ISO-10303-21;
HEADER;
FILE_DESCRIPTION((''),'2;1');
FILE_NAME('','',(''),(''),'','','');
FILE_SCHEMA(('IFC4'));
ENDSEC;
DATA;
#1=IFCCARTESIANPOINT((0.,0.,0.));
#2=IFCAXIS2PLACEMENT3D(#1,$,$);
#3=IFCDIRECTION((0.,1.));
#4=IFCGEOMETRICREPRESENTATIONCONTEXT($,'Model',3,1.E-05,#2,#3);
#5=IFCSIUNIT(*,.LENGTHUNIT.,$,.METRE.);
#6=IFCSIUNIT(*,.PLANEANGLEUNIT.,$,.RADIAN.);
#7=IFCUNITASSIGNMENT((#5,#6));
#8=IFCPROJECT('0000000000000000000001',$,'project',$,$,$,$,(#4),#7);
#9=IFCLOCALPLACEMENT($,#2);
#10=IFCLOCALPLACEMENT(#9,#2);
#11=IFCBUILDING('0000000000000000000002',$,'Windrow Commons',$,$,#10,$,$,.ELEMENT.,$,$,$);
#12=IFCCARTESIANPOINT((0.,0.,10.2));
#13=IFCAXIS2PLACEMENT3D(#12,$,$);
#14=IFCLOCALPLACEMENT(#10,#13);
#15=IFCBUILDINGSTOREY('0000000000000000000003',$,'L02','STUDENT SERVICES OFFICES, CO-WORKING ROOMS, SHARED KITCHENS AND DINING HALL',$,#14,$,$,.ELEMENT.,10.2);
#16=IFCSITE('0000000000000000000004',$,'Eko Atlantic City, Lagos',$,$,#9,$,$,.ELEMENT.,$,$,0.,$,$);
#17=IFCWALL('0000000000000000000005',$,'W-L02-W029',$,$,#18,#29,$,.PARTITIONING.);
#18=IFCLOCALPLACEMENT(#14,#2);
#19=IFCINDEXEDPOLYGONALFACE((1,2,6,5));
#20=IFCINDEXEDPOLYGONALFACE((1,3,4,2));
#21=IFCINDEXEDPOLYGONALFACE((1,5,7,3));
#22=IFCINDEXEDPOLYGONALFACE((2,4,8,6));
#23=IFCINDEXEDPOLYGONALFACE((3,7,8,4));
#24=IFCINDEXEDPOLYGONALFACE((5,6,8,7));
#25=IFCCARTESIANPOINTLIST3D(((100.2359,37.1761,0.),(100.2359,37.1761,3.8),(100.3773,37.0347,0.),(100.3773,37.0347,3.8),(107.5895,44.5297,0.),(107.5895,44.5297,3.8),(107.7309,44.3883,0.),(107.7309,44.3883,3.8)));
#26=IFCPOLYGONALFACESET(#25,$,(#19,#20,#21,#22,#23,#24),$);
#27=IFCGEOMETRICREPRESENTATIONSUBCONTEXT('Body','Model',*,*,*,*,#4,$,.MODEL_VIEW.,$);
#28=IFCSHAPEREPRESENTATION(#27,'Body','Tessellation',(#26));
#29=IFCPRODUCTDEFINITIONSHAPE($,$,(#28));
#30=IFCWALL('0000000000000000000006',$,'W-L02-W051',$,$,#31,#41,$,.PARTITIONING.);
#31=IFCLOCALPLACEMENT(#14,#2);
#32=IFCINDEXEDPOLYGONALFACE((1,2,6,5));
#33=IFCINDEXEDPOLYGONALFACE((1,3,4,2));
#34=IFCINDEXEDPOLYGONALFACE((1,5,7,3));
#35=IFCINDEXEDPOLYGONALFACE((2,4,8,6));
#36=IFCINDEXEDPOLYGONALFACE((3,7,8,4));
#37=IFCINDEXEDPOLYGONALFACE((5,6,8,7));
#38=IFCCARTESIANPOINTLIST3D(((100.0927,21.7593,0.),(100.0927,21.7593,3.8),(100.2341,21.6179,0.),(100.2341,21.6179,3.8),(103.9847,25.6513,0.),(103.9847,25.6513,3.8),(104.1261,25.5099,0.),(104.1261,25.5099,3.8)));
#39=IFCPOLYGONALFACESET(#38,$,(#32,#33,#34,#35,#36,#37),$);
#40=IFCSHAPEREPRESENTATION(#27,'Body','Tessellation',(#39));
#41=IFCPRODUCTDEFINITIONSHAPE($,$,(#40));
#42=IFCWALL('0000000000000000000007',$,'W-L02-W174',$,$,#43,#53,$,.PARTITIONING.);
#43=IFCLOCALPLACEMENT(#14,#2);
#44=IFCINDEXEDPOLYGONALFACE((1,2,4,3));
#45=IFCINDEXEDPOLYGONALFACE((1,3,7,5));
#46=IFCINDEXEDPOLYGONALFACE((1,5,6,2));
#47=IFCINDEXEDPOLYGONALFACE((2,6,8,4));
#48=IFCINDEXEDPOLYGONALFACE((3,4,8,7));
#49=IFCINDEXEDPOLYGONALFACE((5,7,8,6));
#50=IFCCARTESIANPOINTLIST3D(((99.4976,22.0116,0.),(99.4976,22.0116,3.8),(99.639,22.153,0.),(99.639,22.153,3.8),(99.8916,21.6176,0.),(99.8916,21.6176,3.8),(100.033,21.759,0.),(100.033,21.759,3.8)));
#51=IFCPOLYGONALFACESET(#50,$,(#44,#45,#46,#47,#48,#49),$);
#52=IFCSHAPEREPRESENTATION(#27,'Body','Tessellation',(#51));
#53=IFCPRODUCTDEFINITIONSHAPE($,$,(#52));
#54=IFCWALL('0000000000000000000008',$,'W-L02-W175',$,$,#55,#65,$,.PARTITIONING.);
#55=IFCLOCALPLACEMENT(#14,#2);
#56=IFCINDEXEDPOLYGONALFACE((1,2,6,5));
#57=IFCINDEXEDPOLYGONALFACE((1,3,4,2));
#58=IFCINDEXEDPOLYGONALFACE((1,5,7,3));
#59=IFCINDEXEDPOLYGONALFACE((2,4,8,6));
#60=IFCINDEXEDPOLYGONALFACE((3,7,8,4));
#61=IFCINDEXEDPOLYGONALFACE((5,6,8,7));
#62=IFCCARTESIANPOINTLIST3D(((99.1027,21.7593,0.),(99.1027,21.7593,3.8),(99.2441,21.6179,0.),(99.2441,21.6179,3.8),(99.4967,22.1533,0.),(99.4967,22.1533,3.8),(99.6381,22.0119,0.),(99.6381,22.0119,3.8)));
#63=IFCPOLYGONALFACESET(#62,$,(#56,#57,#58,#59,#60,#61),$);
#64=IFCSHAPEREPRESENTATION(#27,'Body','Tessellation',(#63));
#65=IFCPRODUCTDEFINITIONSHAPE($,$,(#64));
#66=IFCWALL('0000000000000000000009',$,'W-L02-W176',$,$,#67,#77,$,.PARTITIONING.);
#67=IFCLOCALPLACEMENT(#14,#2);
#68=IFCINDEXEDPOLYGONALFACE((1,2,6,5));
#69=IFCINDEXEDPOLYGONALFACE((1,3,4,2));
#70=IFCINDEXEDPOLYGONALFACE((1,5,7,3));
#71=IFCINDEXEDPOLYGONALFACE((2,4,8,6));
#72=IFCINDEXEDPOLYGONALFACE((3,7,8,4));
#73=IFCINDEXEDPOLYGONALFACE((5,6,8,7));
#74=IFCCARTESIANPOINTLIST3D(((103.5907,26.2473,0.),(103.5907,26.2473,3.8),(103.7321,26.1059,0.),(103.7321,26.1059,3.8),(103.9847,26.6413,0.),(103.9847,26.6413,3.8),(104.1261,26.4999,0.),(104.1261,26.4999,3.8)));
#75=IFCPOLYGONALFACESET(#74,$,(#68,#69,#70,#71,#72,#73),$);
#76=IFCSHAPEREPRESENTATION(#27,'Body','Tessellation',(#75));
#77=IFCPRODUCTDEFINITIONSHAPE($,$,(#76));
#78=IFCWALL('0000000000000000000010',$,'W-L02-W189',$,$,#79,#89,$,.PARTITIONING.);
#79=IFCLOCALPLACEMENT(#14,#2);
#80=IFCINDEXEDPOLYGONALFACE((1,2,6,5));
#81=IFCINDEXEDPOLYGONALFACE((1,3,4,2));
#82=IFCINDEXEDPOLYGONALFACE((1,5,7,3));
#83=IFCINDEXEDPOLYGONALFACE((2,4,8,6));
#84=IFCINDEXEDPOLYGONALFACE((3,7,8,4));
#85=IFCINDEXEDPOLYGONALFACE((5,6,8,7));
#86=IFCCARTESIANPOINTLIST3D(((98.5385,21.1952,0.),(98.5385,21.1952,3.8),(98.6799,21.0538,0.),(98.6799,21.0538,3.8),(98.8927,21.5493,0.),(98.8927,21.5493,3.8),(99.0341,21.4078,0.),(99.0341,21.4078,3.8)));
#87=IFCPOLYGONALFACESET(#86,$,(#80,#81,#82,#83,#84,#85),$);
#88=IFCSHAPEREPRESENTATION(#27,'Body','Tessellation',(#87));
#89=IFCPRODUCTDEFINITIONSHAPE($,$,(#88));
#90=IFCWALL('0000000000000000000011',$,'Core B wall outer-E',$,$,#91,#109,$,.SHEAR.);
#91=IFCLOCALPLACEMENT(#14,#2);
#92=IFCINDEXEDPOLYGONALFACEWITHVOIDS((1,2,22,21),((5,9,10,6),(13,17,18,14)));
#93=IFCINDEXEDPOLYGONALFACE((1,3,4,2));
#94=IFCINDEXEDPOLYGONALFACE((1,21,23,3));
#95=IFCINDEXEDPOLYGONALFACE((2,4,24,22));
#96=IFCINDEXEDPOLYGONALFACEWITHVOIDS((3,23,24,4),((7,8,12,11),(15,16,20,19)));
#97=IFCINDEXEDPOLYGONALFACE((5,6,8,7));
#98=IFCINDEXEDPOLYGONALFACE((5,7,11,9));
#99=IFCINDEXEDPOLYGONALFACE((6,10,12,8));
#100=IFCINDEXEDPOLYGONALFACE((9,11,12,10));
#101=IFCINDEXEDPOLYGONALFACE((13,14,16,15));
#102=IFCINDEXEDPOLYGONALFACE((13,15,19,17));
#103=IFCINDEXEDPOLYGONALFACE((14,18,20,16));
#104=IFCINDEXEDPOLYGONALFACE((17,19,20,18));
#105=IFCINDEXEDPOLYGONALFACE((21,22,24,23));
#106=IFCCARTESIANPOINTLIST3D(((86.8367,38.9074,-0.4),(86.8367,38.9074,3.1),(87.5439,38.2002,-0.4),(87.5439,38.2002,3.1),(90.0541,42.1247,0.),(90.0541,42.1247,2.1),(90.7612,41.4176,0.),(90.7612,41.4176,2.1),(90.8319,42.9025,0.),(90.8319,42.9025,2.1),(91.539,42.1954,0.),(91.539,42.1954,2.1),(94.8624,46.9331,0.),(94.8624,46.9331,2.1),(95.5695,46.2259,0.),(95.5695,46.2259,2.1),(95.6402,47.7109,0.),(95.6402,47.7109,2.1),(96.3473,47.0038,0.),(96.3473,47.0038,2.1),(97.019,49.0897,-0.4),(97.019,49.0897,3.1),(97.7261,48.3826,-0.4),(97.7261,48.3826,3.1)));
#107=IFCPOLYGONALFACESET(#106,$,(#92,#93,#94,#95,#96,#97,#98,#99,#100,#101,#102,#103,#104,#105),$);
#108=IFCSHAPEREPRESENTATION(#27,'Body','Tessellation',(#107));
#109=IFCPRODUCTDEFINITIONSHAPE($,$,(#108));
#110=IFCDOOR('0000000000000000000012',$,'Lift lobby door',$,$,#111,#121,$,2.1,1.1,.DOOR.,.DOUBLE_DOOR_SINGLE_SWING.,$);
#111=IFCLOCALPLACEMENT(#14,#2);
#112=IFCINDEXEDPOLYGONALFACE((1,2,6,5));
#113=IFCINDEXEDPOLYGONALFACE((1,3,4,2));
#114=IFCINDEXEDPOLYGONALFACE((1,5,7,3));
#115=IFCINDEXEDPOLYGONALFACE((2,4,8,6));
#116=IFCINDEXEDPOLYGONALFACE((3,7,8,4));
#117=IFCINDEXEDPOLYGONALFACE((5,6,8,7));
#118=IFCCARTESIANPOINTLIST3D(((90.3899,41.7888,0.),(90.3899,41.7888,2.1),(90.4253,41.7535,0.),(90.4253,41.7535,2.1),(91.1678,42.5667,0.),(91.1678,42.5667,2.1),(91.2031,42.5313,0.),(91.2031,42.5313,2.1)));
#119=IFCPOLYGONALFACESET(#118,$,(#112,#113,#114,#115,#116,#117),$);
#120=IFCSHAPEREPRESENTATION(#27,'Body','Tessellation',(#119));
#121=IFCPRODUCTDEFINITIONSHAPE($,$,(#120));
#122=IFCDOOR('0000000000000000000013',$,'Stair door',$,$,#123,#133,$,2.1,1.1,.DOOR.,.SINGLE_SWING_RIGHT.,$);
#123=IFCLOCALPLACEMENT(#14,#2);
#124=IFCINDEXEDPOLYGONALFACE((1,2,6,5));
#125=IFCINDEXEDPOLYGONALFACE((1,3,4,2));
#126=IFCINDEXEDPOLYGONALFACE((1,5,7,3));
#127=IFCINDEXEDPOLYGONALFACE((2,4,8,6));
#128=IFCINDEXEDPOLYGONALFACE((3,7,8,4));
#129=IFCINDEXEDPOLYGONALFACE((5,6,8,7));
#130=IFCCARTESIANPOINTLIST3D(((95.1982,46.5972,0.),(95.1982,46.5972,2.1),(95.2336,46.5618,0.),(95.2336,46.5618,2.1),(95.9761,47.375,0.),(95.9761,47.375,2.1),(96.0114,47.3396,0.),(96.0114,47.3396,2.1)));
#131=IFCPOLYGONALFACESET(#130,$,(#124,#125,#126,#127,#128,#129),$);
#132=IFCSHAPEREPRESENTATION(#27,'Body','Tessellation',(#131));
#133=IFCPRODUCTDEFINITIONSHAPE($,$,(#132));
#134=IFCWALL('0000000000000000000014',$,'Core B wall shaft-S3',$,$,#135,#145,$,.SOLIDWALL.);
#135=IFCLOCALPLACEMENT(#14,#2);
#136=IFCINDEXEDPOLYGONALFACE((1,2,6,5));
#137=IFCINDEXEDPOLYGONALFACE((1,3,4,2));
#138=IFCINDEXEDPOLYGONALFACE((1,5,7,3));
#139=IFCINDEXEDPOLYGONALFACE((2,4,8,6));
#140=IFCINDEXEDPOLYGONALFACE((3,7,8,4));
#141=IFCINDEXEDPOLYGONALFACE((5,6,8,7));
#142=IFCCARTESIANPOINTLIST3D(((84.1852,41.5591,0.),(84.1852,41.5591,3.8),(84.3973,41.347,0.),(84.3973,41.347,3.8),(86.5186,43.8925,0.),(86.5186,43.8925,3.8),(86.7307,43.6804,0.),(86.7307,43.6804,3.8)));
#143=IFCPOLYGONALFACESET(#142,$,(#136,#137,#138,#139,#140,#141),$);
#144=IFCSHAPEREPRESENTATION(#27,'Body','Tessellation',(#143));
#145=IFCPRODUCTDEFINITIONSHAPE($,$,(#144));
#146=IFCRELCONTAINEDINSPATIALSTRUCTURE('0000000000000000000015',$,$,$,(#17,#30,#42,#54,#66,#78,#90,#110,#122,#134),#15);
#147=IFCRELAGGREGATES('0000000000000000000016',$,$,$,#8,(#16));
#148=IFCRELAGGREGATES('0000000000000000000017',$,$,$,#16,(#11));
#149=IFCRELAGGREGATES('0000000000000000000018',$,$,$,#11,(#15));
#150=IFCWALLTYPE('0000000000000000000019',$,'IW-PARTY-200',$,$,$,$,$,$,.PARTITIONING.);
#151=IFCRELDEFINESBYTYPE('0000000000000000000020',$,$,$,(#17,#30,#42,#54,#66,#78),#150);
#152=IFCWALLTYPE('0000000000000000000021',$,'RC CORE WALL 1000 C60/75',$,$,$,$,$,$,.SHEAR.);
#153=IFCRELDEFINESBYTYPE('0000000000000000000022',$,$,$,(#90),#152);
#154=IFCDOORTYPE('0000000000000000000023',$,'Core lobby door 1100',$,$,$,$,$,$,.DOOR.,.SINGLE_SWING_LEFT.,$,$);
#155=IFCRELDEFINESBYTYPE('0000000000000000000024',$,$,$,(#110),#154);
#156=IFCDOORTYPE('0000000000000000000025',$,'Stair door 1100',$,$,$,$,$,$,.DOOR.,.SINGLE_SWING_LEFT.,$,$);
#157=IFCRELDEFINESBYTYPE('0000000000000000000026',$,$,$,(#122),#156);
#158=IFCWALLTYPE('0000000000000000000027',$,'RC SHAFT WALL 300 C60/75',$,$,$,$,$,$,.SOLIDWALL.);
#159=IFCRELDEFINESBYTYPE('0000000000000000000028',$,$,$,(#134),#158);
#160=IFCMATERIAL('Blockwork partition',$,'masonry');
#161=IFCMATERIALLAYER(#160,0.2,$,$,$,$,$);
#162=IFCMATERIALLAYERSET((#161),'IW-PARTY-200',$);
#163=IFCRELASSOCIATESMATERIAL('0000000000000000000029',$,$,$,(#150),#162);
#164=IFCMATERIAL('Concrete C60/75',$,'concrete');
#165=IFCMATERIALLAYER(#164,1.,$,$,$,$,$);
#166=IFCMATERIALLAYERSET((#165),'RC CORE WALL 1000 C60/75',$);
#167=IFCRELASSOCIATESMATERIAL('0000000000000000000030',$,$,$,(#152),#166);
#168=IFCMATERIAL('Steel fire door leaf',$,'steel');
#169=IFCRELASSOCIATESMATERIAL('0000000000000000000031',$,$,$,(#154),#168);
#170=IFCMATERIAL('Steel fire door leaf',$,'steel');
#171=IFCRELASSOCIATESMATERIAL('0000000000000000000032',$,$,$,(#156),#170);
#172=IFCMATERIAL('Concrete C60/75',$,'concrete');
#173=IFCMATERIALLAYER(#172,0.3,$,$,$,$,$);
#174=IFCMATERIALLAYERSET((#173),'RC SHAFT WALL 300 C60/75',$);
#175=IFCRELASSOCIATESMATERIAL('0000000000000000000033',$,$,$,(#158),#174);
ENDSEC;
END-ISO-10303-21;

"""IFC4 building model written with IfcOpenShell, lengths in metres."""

from ifc_helpers import new_model, si_unit, direction, frame, frame_2d, origin, place, context, subcontext, project, spatial, rectangle, extrude, material, layer, layer_set, type_object, element, fill, save


model = new_model("IFC4")

# Units and contexts
model_context = context("Model", 3, precision=1e-05, world=origin(), true_north=direction((0.0, 1.0)))
body_context = subcontext(model_context, "Body", "Model", "MODEL_VIEW")
ifc_project = project(units=[si_unit("LENGTHUNIT", "METRE"), si_unit("PLANEANGLEUNIT", "RADIAN")], contexts=[model_context])

# Site, building, storey
site_placement = place(None, origin())
site = spatial("IfcSite", under=ifc_project, at=site_placement, Name="Eko Atlantic City, Lagos", CompositionType="ELEMENT", RefElevation=0.0)
building_placement = place(site_placement, origin())
building = spatial("IfcBuilding", under=site, at=building_placement, Name="Windrow Commons", CompositionType="ELEMENT")
storey_placement = place(building_placement, frame((0.0, 0.0, 10.2)))
storey = spatial("IfcBuildingStorey", under=building, at=storey_placement, Name="L02", Description="STUDENT SERVICES OFFICES, CO-WORKING ROOMS, SHARED KITCHENS AND DINING HALL", CompositionType="ELEMENT", Elevation=10.2)

# Walls
ifc_material_1 = material(Name="Blockwork partition", Category="masonry")
ifc_layer_1 = layer(ifc_material_1, 0.2)
ifc_layer_set_1 = layer_set([ifc_layer_1], Name="IW-PARTY-200")
wall_type_1 = type_object("IfcWallType", Name="IW-PARTY-200", PredefinedType="PARTITIONING", material=ifc_layer_set_1)
wall_1_placement = place(storey_placement, frame((100.3066, 37.1054, 0.0), z_axis=(0.0, 0.0, 1.0), x_axis=(0.707107, 0.707107, 0.0)))
element("IfcWall", 1, at=wall_1_placement, inside=storey, type_object=wall_type_1, Name="W-L02-W029", PredefinedType="PARTITIONING", context=body_context, shape_type="SweptSolid", body=[
    extrude(rectangle(XDim=10.3996, YDim=0.2, at=frame_2d((5.1998, 0.0))), origin(), (0.0, 0.0, 1.0), 3.8),
])
wall_2_placement = place(storey_placement, frame((100.1634, 21.6886, 0.0), z_axis=(0.0, 0.0, 1.0), x_axis=(0.707107, 0.707107, 0.0)))
element("IfcWall", 2, at=wall_2_placement, inside=storey, type_object=wall_type_1, Name="W-L02-W051", PredefinedType="PARTITIONING", context=body_context, shape_type="SweptSolid", body=[
    extrude(rectangle(XDim=5.5041, YDim=0.2, at=frame_2d((2.7521, 0.0))), origin(), (0.0, 0.0, 1.0), 3.8),
])
for number, where, z_axis, x_axis, name in (
    (3, (99.5683, 22.0823, 0.0), (0.0, 0.0, 1.0), (0.707107, -0.707107, 0.0), "W-L02-W174"),
    (4, (99.1734, 21.6886, 0.0), (0.0, 0.0, 1.0), (0.707107, 0.707107, 0.0), "W-L02-W175"),
    (5, (103.6614, 26.1766, 0.0), (0.0, 0.0, 1.0), (0.707107, 0.707107, 0.0), "W-L02-W176"),
):
    element("IfcWall", number, at=place(storey_placement, frame(where, z_axis=z_axis, x_axis=x_axis)), inside=storey, type_object=wall_type_1, Name=name, PredefinedType="PARTITIONING", context=body_context, shape_type="SweptSolid", body=[
        extrude(rectangle(XDim=0.5572, YDim=0.2, at=frame_2d((0.2786, 0.0))), origin(), (0.0, 0.0, 1.0), 3.8),
    ])
wall_3_placement = place(storey_placement, frame((98.6092, 21.1245, 0.0), z_axis=(0.0, 0.0, 1.0), x_axis=(0.707207, 0.707007, 0.0)))
element("IfcWall", 6, at=wall_3_placement, inside=storey, type_object=wall_type_1, Name="W-L02-W189", PredefinedType="PARTITIONING", context=body_context, shape_type="SweptSolid", body=[
    extrude(rectangle(XDim=0.5008, YDim=0.2, at=frame_2d((0.2504, 0.0))), origin(), (0.0, 0.0, 1.0), 3.8),
])

# Wall, openings, doors
ifc_material_2 = material(Name="Concrete C60/75", Category="concrete")
ifc_layer_2 = layer(ifc_material_2, 1.0)
ifc_layer_set_2 = layer_set([ifc_layer_2], Name="RC CORE WALL 1000 C60/75")
wall_type_2 = type_object("IfcWallType", Name="RC CORE WALL 1000 C60/75", PredefinedType="SHEAR", material=ifc_layer_set_2)
wall_4_placement = place(storey_placement, frame((87.1903, 38.5538, -0.4), z_axis=(0.0, 0.0, 1.0), x_axis=(0.707103, 0.70711, 0.0)))
wall_4 = element("IfcWall", 7, at=wall_4_placement, inside=storey, type_object=wall_type_2, Name="Core B wall outer-E", PredefinedType="SHEAR", context=body_context, shape_type="SweptSolid", body=[
    extrude(rectangle(XDim=14.4, YDim=1.0, at=frame_2d((7.2, 0.0))), origin(), (0.0, 0.0, 1.0), 3.5),
])
opening_1_placement = place(wall_4_placement, frame((4.55, 0.0, 0.4)))
opening_1 = element("IfcOpeningElement", 8, at=opening_1_placement, cuts=wall_4, PredefinedType="OPENING", context=body_context, shape_type="SweptSolid", body=[
    extrude(rectangle(XDim=1.1, YDim=2.1, at=frame_2d((0.55, 1.05))), frame((0.0, 0.51, 0.0), z_axis=(0.0, -1.0, 0.0), x_axis=(1.0, 0.0, 0.0)), (0.0, 0.0, 1.0), 1.02),
])
opening_2_placement = place(wall_4_placement, frame((11.35, 0.0, 0.4)))
opening_2 = element("IfcOpeningElement", 9, at=opening_2_placement, cuts=wall_4, PredefinedType="OPENING", context=body_context, shape_type="SweptSolid", body=[
    extrude(rectangle(XDim=1.1, YDim=2.1, at=frame_2d((0.55, 1.05))), frame((0.0, 0.51, 0.0), z_axis=(0.0, -1.0, 0.0), x_axis=(1.0, 0.0, 0.0)), (0.0, 0.0, 1.0), 1.02),
])
ifc_material_3 = material(Name="Steel fire door leaf", Category="steel")
door_type_1 = type_object("IfcDoorType", Name="Core lobby door 1100", OperationType="SINGLE_SWING_LEFT", PredefinedType="DOOR", material=ifc_material_3)
door_1_placement = place(opening_1_placement, origin())
door_1 = element("IfcDoor", 10, at=door_1_placement, inside=storey, type_object=door_type_1, Name="Lift lobby door", OperationType="DOUBLE_DOOR_SINGLE_SWING", OverallHeight=2.1, OverallWidth=1.1, PredefinedType="DOOR", context=body_context, shape_type="SweptSolid", body=[
    extrude(rectangle(XDim=1.1, YDim=2.1, at=frame_2d((0.55, 1.05))), frame((0.0, 0.025, 0.0), z_axis=(0.0, -1.0, 0.0), x_axis=(1.0, 0.0, 0.0)), (0.0, 0.0, 1.0), 0.05),
])
fill(opening_1, door_1)
ifc_material_4 = material(Name="Steel fire door leaf", Category="steel")
door_type_2 = type_object("IfcDoorType", Name="Stair door 1100", OperationType="SINGLE_SWING_LEFT", PredefinedType="DOOR", material=ifc_material_4)
door_2_placement = place(opening_2_placement, origin())
door_2 = element("IfcDoor", 11, at=door_2_placement, inside=storey, type_object=door_type_2, Name="Stair door", OperationType="SINGLE_SWING_RIGHT", OverallHeight=2.1, OverallWidth=1.1, PredefinedType="DOOR", context=body_context, shape_type="SweptSolid", body=[
    extrude(rectangle(XDim=1.1, YDim=2.1, at=frame_2d((0.55, 1.05))), frame((0.0, 0.025, 0.0), z_axis=(0.0, -1.0, 0.0), x_axis=(1.0, 0.0, 0.0)), (0.0, 0.0, 1.0), 0.05),
])
fill(opening_2, door_2)

# Wall
ifc_material_5 = material(Name="Concrete C60/75", Category="concrete")
ifc_layer_3 = layer(ifc_material_5, 0.3)
ifc_layer_set_3 = layer_set([ifc_layer_3], Name="RC SHAFT WALL 300 C60/75")
wall_type_3 = type_object("IfcWallType", Name="RC SHAFT WALL 300 C60/75", PredefinedType="SOLIDWALL", material=ifc_layer_set_3)
wall_5_placement = place(storey_placement, frame((84.2912, 41.453, 0.0), z_axis=(0.0, 0.0, 1.0), x_axis=(0.707107, 0.707107, 0.0)))
element("IfcWall", 12, at=wall_5_placement, inside=storey, type_object=wall_type_3, Name="Core B wall shaft-S3", PredefinedType="SOLIDWALL", context=body_context, shape_type="SweptSolid", body=[
    extrude(rectangle(XDim=3.2999, YDim=0.3, at=frame_2d((1.65, 0.0))), origin(), (0.0, 0.0, 1.0), 3.8),
])

save(model, "model.ifc")
